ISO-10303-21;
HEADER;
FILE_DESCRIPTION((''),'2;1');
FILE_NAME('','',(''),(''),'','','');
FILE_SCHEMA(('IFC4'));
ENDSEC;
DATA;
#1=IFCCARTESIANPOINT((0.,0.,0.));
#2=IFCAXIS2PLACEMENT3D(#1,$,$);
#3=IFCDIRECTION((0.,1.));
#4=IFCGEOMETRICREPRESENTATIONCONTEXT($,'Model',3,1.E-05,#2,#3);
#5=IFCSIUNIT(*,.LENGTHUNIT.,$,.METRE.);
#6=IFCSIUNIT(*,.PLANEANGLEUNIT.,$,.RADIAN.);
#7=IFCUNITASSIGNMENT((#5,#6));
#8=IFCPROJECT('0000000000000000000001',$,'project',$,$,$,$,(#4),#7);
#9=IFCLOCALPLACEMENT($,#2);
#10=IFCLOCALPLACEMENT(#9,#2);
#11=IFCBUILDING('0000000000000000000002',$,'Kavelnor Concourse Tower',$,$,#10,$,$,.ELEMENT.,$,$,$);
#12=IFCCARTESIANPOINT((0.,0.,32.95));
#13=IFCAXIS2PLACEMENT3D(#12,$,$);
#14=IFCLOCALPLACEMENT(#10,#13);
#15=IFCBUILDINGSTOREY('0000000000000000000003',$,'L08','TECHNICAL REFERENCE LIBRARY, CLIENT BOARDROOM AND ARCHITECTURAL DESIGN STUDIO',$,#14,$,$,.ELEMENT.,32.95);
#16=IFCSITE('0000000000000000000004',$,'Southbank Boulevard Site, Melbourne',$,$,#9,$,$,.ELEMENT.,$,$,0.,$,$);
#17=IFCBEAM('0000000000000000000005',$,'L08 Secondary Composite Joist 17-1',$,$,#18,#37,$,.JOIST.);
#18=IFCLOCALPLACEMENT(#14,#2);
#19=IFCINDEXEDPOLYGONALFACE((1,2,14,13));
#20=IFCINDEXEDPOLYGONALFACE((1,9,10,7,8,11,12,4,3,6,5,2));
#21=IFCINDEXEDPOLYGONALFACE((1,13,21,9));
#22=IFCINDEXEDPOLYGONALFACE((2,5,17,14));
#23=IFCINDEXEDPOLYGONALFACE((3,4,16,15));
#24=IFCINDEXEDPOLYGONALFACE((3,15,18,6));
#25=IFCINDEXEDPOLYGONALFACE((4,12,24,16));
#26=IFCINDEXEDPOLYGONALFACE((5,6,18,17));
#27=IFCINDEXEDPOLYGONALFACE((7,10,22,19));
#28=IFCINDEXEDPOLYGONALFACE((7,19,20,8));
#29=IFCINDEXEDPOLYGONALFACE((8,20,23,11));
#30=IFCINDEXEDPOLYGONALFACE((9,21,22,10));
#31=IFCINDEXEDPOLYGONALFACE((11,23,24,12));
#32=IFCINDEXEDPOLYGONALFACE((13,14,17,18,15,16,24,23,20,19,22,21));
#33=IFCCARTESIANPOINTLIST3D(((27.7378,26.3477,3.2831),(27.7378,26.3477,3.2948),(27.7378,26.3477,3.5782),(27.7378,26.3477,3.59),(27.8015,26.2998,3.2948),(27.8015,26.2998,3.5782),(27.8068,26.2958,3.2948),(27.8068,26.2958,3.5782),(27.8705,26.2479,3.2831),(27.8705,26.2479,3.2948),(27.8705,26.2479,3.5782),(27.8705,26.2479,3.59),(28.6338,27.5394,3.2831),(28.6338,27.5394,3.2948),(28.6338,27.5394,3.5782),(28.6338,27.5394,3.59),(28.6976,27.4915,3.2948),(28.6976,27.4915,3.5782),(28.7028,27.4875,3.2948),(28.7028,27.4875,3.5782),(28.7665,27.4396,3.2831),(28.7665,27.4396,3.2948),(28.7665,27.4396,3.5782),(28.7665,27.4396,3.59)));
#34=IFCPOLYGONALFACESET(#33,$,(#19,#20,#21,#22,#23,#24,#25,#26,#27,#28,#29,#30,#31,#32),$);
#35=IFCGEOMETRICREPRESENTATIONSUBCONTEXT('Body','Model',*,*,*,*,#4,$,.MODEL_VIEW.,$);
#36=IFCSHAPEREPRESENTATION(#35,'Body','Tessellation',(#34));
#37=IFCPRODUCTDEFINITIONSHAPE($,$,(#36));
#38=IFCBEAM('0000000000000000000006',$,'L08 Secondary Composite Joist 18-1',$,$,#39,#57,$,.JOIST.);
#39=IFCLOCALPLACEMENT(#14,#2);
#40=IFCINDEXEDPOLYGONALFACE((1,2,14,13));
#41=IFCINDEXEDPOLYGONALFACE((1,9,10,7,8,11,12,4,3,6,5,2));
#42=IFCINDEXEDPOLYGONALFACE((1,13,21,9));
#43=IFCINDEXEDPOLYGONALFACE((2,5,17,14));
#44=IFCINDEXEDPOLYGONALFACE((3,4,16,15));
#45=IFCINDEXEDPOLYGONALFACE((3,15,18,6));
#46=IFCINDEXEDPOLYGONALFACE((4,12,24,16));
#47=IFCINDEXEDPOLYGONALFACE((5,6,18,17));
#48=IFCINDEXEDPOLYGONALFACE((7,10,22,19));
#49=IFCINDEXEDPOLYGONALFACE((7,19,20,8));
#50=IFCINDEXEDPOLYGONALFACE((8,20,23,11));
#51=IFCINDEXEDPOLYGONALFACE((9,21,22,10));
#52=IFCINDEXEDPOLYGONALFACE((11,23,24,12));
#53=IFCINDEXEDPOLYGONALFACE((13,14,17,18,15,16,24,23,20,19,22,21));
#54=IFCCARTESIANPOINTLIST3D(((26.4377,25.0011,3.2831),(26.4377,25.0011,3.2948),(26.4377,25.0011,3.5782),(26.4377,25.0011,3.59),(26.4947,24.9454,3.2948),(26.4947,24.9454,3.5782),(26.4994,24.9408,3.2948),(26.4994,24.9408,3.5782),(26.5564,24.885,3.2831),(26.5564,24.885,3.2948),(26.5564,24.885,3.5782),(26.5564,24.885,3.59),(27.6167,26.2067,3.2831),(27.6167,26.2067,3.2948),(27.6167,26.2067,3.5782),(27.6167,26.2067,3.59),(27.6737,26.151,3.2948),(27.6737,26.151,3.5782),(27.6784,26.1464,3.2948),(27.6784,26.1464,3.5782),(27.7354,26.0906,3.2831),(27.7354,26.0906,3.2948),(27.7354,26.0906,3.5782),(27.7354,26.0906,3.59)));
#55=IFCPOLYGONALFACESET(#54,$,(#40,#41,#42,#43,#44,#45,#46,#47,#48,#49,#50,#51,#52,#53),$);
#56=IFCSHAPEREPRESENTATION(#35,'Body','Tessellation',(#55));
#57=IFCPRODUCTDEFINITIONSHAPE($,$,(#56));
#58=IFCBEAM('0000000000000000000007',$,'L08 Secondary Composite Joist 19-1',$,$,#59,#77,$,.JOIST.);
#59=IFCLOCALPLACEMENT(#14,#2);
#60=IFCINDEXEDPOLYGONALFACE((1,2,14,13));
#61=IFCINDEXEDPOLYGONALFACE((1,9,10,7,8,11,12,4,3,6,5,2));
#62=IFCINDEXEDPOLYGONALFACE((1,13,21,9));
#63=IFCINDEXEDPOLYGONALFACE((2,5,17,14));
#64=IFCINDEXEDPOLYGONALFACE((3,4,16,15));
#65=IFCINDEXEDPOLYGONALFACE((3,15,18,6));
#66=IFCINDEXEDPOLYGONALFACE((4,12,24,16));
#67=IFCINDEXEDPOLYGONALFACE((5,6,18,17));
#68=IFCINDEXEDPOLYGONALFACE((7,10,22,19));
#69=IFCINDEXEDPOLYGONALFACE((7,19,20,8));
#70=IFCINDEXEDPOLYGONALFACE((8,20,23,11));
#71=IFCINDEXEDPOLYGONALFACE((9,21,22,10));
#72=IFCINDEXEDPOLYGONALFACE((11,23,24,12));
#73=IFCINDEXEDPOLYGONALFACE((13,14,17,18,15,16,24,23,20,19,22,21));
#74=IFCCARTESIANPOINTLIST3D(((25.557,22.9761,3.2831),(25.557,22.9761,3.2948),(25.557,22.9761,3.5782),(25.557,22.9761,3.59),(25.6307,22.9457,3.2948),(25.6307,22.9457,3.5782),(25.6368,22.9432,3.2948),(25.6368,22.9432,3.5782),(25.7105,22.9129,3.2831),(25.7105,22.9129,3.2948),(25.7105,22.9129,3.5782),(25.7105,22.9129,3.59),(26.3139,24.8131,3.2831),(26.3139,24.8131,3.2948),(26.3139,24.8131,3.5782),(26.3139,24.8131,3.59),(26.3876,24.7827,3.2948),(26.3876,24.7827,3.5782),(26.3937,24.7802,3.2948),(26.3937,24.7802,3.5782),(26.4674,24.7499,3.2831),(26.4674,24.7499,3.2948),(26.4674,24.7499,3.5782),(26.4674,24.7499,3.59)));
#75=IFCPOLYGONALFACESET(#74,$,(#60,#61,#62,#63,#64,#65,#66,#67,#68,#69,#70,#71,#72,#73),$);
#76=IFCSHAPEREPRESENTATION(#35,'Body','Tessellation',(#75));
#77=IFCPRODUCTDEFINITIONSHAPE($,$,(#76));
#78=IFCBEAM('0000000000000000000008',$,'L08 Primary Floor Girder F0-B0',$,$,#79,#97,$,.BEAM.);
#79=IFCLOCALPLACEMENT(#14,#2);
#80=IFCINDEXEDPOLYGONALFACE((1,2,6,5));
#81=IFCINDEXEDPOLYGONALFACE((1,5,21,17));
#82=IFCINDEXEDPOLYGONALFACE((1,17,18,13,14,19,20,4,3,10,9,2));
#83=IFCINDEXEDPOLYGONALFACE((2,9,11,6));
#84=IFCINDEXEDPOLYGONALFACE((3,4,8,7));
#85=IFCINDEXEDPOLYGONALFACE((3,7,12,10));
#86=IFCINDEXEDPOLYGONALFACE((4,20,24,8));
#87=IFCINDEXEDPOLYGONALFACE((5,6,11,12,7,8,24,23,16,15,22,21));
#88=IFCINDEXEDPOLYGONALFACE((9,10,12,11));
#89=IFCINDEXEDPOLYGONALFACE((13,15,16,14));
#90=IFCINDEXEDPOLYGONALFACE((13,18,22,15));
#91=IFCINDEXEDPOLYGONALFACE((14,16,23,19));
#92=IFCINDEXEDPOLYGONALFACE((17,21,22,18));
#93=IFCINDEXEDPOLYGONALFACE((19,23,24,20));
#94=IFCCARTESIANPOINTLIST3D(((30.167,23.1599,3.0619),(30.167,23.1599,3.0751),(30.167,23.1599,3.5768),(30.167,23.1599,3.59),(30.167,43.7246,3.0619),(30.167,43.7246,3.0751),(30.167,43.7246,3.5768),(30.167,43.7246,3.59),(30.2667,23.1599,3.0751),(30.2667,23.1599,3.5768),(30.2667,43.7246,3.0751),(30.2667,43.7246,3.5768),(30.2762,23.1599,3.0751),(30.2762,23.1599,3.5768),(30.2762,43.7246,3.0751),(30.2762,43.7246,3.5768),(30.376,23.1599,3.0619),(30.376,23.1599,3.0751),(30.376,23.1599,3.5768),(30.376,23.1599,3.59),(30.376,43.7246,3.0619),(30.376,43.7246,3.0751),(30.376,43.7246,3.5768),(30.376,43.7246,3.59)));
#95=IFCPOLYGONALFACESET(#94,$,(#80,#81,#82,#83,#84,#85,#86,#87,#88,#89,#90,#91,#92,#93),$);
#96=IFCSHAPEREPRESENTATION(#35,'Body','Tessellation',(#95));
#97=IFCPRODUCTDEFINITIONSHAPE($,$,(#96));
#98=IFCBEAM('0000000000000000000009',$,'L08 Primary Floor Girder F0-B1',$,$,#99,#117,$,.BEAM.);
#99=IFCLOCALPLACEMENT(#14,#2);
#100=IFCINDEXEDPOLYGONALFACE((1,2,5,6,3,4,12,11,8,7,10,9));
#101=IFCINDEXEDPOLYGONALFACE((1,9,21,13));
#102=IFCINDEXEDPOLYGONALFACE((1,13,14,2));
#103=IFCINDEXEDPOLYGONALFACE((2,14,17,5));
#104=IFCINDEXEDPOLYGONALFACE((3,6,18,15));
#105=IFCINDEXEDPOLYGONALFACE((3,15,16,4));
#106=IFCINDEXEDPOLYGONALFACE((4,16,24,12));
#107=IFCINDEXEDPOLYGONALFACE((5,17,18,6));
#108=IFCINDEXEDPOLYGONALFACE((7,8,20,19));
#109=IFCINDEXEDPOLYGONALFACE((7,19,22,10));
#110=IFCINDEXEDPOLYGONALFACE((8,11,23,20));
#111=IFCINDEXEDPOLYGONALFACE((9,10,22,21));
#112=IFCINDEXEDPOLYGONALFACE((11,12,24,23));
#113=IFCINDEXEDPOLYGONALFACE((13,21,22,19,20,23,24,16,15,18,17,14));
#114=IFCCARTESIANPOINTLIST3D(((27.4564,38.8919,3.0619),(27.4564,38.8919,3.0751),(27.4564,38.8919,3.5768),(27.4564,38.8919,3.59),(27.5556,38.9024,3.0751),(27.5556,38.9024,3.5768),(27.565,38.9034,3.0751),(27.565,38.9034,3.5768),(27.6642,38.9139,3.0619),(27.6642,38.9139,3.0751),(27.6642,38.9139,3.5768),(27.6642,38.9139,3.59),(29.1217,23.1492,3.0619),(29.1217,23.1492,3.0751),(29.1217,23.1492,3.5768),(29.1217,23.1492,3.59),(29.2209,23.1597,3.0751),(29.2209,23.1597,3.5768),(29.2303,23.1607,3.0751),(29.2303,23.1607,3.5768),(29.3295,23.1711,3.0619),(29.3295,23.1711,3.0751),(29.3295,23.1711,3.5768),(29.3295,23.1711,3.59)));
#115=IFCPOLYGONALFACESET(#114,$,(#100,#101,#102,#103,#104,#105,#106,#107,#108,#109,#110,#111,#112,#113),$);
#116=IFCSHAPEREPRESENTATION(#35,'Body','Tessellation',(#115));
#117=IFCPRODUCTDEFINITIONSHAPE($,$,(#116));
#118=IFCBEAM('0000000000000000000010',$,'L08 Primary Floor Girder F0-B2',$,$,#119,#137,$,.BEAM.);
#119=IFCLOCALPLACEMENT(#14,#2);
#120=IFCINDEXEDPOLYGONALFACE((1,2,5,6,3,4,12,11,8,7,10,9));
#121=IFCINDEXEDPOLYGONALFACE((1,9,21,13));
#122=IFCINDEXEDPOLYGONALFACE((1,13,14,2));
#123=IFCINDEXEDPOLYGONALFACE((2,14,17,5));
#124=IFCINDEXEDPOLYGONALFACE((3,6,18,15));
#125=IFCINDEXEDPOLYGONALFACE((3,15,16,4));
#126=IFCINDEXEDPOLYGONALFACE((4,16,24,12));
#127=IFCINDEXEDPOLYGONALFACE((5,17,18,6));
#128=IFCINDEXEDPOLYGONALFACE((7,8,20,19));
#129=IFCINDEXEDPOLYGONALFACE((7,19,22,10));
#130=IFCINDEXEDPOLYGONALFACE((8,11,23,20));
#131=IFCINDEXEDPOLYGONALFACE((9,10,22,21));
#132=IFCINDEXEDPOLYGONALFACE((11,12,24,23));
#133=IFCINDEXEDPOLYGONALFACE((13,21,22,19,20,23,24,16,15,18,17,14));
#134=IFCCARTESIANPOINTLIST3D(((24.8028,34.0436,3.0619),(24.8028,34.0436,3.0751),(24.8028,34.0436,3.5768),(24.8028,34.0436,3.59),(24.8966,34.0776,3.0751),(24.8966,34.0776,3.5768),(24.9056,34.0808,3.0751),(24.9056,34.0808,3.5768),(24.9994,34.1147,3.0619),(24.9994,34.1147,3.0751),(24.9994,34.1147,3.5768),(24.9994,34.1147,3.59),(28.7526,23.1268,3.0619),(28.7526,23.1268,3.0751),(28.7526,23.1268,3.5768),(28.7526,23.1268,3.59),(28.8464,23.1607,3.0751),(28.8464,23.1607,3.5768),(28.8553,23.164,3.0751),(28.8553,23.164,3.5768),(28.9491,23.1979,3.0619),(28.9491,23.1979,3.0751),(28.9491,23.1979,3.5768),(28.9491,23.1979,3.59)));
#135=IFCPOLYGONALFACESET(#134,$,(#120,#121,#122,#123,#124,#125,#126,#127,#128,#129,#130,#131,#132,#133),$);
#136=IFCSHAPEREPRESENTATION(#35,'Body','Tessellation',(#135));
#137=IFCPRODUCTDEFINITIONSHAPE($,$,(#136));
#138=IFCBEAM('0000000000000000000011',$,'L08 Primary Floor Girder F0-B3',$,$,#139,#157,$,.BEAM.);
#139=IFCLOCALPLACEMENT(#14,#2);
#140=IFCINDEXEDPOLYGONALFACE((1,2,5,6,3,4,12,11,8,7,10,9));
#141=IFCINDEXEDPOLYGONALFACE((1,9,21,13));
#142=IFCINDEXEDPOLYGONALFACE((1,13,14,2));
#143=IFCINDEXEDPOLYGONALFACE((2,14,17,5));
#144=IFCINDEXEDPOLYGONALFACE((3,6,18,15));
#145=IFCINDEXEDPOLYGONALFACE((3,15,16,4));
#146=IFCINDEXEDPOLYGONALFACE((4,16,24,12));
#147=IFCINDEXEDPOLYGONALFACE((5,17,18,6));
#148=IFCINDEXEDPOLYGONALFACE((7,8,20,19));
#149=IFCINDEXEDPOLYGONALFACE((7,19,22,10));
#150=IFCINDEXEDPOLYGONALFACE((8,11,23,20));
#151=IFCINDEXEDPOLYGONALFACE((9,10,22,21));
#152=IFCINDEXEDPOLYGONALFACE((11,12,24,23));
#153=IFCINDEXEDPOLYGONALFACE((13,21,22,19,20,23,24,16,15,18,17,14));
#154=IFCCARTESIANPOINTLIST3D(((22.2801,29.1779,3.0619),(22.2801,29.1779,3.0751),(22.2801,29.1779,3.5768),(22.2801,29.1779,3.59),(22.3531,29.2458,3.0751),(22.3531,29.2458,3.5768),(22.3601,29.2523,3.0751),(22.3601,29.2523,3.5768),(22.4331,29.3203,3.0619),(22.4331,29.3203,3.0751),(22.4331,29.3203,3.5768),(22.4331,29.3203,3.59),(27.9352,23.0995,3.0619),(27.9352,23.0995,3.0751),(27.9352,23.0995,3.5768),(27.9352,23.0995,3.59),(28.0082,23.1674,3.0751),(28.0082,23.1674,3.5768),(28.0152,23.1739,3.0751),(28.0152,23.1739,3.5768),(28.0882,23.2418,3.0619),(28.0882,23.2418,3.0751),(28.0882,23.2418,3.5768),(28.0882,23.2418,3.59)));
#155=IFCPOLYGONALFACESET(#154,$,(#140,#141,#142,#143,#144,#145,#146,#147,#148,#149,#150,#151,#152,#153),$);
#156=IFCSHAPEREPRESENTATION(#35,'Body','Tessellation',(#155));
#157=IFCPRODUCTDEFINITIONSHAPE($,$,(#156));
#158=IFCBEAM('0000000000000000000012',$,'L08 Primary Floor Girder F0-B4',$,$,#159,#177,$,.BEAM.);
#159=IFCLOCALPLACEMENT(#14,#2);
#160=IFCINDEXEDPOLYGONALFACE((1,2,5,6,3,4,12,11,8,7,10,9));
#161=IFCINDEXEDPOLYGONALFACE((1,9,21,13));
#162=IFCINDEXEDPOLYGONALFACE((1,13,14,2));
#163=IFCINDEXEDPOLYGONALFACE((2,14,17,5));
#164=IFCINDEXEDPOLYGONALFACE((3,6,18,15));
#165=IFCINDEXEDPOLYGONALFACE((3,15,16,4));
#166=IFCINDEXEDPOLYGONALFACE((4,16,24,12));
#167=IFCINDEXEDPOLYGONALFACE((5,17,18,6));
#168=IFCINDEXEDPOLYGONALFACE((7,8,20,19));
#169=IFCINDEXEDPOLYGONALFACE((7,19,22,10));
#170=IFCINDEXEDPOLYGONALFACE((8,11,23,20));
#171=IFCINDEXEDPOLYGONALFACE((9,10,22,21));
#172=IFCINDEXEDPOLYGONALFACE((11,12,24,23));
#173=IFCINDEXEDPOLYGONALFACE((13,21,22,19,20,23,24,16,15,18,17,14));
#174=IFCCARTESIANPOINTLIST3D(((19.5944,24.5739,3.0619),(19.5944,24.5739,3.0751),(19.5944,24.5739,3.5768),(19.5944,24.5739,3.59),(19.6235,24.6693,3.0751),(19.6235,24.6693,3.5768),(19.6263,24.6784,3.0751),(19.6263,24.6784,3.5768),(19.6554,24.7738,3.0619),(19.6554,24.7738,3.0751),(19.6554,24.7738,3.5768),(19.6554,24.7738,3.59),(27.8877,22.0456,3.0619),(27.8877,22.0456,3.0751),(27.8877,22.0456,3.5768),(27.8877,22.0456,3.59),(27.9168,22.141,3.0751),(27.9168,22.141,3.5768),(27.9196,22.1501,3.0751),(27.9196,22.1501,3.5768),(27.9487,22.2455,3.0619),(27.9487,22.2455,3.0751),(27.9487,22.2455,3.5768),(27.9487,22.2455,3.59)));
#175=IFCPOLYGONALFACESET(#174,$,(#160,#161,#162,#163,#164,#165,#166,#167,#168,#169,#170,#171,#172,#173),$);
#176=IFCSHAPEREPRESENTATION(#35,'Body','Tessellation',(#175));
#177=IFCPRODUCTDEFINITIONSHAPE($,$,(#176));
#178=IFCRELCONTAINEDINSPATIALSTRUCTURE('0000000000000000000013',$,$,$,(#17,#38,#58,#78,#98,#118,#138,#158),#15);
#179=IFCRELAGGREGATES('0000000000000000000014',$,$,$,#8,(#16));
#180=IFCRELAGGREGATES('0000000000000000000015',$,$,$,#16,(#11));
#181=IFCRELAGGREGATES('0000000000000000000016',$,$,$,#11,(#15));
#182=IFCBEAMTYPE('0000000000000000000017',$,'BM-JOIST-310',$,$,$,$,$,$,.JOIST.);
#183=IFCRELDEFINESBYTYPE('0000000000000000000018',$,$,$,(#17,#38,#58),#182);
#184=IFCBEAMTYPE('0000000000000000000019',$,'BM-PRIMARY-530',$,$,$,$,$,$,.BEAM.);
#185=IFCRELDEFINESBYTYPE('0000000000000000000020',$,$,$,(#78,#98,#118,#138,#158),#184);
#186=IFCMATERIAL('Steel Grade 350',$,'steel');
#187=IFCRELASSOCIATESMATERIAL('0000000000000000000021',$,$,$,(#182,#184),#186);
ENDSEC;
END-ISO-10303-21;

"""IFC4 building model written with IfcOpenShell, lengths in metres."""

from ifc_helpers import new_model, si_unit, direction, frame, origin, origin_2d, place, context, subcontext, project, spatial, i_section, extrude, material, material_profile, profile_set, type_object, element, save


model = new_model("IFC4")

# Units and contexts
model_context = context("Model", 3, precision=1e-05, world=origin(), true_north=direction((0.0, 1.0)))
body_context = subcontext(model_context, "Body", "Model", "MODEL_VIEW")
ifc_project = project(units=[si_unit("LENGTHUNIT", "METRE"), si_unit("PLANEANGLEUNIT", "RADIAN")], contexts=[model_context])

# Site, building, storey
site_placement = place(None, origin())
site = spatial("IfcSite", under=ifc_project, at=site_placement, Name="Southbank Boulevard Site, Melbourne", CompositionType="ELEMENT", RefElevation=0.0)
building_placement = place(site_placement, origin())
building = spatial("IfcBuilding", under=site, at=building_placement, Name="Kavelnor Concourse Tower", CompositionType="ELEMENT")
storey_placement = place(building_placement, frame((0.0, 0.0, 32.95)))
storey = spatial("IfcBuildingStorey", under=building, at=storey_placement, Name="L08", Description="TECHNICAL REFERENCE LIBRARY, CLIENT BOARDROOM AND ARCHITECTURAL DESIGN STUDIO", CompositionType="ELEMENT", Elevation=32.95)

# Beams
ifc_material_1 = material(Name="Steel Grade 350", Category="steel")
ifc_material_profile_1 = material_profile(ifc_material_1, i_section(OverallWidth=0.166, OverallDepth=0.3069, WebThickness=0.0066, FlangeThickness=0.0117, at=origin_2d()), Name="310UB46")
ifc_profile_set_1 = profile_set([ifc_material_profile_1], Name="Steel Grade 350")
beam_type_1 = type_object("IfcBeamType", Name="BM-JOIST-310", PredefinedType="JOIST", material=ifc_profile_set_1)
beam_1_placement = place(storey_placement, frame((28.7002, 27.4895, 3.4365), z_axis=(-0.600969, -0.799272, 0.0), x_axis=(0.799272, -0.600969, 0.0)))
element("IfcBeam", 1, at=beam_1_placement, inside=storey, type_object=beam_type_1, Name="L08 Secondary Composite Joist 17-1", PredefinedType="JOIST", context=body_context, shape_type="SweptSolid", body=[
    extrude(i_section(OverallWidth=0.166, OverallDepth=0.3069, WebThickness=0.0066, FlangeThickness=0.0117, at=origin_2d()), origin(), (0.0, 0.0, 1.0), 1.491),
])
beam_2_placement = place(storey_placement, frame((27.676, 26.1487, 3.4365), z_axis=(-0.699172, -0.714954, 0.0), x_axis=(0.714954, -0.699172, 0.0)))
element("IfcBeam", 2, at=beam_2_placement, inside=storey, type_object=beam_type_1, Name="L08 Secondary Composite Joist 18-1", PredefinedType="JOIST", context=body_context, shape_type="SweptSolid", body=[
    extrude(i_section(OverallWidth=0.166, OverallDepth=0.3069, WebThickness=0.0066, FlangeThickness=0.0117, at=origin_2d()), origin(), (0.0, 0.0, 1.0), 1.6863),
])
beam_3_placement = place(storey_placement, frame((26.3906, 24.7815, 3.4365), z_axis=(-0.380948, -0.924597, 0.0), x_axis=(0.924597, -0.380948, 0.0)))
element("IfcBeam", 3, at=beam_3_placement, inside=storey, type_object=beam_type_1, Name="L08 Secondary Composite Joist 19-1", PredefinedType="JOIST", context=body_context, shape_type="SweptSolid", body=[
    extrude(i_section(OverallWidth=0.166, OverallDepth=0.3069, WebThickness=0.0066, FlangeThickness=0.0117, at=origin_2d()), origin(), (0.0, 0.0, 1.0), 1.9868),
])
ifc_material_profile_2 = material_profile(ifc_material_1, i_section(OverallWidth=0.209, OverallDepth=0.5281, WebThickness=0.0095, FlangeThickness=0.0132, at=origin_2d()), Name="530UB82")
ifc_profile_set_2 = profile_set([ifc_material_profile_2], Name="Steel Grade 350")
beam_type_2 = type_object("IfcBeamType", Name="BM-PRIMARY-530", PredefinedType="BEAM", material=ifc_profile_set_2)
beam_4_placement = place(storey_placement, frame((30.2715, 23.1599, 3.3259), z_axis=(0.0, 1.0, 0.0), x_axis=(-1.0, 0.0, 0.0)))
element("IfcBeam", 4, at=beam_4_placement, inside=storey, type_object=beam_type_2, Name="L08 Primary Floor Girder F0-B0", PredefinedType="BEAM", context=body_context, shape_type="SweptSolid", body=[
    extrude(i_section(OverallWidth=0.209, OverallDepth=0.5281, WebThickness=0.0095, FlangeThickness=0.0132, at=origin_2d()), origin(), (0.0, 0.0, 1.0), 20.5647),
])
beam_5_placement = place(storey_placement, frame((29.2256, 23.1602, 3.3259), z_axis=(-0.105195, 0.994452, 0.0), x_axis=(-0.994452, -0.105195, 0.0)))
element("IfcBeam", 5, at=beam_5_placement, inside=storey, type_object=beam_type_2, Name="L08 Primary Floor Girder F0-B1", PredefinedType="BEAM", context=body_context, shape_type="SweptSolid", body=[
    extrude(i_section(OverallWidth=0.209, OverallDepth=0.5281, WebThickness=0.0095, FlangeThickness=0.0132, at=origin_2d()), origin(), (0.0, 0.0, 1.0), 15.8306),
])
beam_6_placement = place(storey_placement, frame((28.8508, 23.1624, 3.3259), z_axis=(-0.34022, 0.940346, 0.0), x_axis=(-0.940346, -0.34022, 0.0)))
element("IfcBeam", 6, at=beam_6_placement, inside=storey, type_object=beam_type_2, Name="L08 Primary Floor Girder F0-B2", PredefinedType="BEAM", context=body_context, shape_type="SweptSolid", body=[
    extrude(i_section(OverallWidth=0.209, OverallDepth=0.5281, WebThickness=0.0095, FlangeThickness=0.0132, at=origin_2d()), origin(), (0.0, 0.0, 1.0), 11.6094),
])
beam_7_placement = place(storey_placement, frame((28.0117, 23.1707, 3.3259), z_axis=(-0.681151, 0.732143, 0.0), x_axis=(-0.732143, -0.681151, 0.0)))
element("IfcBeam", 7, at=beam_7_placement, inside=storey, type_object=beam_type_2, Name="L08 Primary Floor Girder F0-B3", PredefinedType="BEAM", context=body_context, shape_type="SweptSolid", body=[
    extrude(i_section(OverallWidth=0.209, OverallDepth=0.5281, WebThickness=0.0095, FlangeThickness=0.0132, at=origin_2d()), origin(), (0.0, 0.0, 1.0), 8.3022),
])
beam_8_placement = place(storey_placement, frame((27.9182, 22.1455, 3.3259), z_axis=(-0.956536, 0.291615, 0.0), x_axis=(-0.291615, -0.956536, 0.0)))
element("IfcBeam", 8, at=beam_8_placement, inside=storey, type_object=beam_type_2, Name="L08 Primary Floor Girder F0-B4", PredefinedType="BEAM", context=body_context, shape_type="SweptSolid", body=[
    extrude(i_section(OverallWidth=0.209, OverallDepth=0.5281, WebThickness=0.0095, FlangeThickness=0.0132, at=origin_2d()), origin(), (0.0, 0.0, 1.0), 8.6702),
])

save(model, "model.ifc")
